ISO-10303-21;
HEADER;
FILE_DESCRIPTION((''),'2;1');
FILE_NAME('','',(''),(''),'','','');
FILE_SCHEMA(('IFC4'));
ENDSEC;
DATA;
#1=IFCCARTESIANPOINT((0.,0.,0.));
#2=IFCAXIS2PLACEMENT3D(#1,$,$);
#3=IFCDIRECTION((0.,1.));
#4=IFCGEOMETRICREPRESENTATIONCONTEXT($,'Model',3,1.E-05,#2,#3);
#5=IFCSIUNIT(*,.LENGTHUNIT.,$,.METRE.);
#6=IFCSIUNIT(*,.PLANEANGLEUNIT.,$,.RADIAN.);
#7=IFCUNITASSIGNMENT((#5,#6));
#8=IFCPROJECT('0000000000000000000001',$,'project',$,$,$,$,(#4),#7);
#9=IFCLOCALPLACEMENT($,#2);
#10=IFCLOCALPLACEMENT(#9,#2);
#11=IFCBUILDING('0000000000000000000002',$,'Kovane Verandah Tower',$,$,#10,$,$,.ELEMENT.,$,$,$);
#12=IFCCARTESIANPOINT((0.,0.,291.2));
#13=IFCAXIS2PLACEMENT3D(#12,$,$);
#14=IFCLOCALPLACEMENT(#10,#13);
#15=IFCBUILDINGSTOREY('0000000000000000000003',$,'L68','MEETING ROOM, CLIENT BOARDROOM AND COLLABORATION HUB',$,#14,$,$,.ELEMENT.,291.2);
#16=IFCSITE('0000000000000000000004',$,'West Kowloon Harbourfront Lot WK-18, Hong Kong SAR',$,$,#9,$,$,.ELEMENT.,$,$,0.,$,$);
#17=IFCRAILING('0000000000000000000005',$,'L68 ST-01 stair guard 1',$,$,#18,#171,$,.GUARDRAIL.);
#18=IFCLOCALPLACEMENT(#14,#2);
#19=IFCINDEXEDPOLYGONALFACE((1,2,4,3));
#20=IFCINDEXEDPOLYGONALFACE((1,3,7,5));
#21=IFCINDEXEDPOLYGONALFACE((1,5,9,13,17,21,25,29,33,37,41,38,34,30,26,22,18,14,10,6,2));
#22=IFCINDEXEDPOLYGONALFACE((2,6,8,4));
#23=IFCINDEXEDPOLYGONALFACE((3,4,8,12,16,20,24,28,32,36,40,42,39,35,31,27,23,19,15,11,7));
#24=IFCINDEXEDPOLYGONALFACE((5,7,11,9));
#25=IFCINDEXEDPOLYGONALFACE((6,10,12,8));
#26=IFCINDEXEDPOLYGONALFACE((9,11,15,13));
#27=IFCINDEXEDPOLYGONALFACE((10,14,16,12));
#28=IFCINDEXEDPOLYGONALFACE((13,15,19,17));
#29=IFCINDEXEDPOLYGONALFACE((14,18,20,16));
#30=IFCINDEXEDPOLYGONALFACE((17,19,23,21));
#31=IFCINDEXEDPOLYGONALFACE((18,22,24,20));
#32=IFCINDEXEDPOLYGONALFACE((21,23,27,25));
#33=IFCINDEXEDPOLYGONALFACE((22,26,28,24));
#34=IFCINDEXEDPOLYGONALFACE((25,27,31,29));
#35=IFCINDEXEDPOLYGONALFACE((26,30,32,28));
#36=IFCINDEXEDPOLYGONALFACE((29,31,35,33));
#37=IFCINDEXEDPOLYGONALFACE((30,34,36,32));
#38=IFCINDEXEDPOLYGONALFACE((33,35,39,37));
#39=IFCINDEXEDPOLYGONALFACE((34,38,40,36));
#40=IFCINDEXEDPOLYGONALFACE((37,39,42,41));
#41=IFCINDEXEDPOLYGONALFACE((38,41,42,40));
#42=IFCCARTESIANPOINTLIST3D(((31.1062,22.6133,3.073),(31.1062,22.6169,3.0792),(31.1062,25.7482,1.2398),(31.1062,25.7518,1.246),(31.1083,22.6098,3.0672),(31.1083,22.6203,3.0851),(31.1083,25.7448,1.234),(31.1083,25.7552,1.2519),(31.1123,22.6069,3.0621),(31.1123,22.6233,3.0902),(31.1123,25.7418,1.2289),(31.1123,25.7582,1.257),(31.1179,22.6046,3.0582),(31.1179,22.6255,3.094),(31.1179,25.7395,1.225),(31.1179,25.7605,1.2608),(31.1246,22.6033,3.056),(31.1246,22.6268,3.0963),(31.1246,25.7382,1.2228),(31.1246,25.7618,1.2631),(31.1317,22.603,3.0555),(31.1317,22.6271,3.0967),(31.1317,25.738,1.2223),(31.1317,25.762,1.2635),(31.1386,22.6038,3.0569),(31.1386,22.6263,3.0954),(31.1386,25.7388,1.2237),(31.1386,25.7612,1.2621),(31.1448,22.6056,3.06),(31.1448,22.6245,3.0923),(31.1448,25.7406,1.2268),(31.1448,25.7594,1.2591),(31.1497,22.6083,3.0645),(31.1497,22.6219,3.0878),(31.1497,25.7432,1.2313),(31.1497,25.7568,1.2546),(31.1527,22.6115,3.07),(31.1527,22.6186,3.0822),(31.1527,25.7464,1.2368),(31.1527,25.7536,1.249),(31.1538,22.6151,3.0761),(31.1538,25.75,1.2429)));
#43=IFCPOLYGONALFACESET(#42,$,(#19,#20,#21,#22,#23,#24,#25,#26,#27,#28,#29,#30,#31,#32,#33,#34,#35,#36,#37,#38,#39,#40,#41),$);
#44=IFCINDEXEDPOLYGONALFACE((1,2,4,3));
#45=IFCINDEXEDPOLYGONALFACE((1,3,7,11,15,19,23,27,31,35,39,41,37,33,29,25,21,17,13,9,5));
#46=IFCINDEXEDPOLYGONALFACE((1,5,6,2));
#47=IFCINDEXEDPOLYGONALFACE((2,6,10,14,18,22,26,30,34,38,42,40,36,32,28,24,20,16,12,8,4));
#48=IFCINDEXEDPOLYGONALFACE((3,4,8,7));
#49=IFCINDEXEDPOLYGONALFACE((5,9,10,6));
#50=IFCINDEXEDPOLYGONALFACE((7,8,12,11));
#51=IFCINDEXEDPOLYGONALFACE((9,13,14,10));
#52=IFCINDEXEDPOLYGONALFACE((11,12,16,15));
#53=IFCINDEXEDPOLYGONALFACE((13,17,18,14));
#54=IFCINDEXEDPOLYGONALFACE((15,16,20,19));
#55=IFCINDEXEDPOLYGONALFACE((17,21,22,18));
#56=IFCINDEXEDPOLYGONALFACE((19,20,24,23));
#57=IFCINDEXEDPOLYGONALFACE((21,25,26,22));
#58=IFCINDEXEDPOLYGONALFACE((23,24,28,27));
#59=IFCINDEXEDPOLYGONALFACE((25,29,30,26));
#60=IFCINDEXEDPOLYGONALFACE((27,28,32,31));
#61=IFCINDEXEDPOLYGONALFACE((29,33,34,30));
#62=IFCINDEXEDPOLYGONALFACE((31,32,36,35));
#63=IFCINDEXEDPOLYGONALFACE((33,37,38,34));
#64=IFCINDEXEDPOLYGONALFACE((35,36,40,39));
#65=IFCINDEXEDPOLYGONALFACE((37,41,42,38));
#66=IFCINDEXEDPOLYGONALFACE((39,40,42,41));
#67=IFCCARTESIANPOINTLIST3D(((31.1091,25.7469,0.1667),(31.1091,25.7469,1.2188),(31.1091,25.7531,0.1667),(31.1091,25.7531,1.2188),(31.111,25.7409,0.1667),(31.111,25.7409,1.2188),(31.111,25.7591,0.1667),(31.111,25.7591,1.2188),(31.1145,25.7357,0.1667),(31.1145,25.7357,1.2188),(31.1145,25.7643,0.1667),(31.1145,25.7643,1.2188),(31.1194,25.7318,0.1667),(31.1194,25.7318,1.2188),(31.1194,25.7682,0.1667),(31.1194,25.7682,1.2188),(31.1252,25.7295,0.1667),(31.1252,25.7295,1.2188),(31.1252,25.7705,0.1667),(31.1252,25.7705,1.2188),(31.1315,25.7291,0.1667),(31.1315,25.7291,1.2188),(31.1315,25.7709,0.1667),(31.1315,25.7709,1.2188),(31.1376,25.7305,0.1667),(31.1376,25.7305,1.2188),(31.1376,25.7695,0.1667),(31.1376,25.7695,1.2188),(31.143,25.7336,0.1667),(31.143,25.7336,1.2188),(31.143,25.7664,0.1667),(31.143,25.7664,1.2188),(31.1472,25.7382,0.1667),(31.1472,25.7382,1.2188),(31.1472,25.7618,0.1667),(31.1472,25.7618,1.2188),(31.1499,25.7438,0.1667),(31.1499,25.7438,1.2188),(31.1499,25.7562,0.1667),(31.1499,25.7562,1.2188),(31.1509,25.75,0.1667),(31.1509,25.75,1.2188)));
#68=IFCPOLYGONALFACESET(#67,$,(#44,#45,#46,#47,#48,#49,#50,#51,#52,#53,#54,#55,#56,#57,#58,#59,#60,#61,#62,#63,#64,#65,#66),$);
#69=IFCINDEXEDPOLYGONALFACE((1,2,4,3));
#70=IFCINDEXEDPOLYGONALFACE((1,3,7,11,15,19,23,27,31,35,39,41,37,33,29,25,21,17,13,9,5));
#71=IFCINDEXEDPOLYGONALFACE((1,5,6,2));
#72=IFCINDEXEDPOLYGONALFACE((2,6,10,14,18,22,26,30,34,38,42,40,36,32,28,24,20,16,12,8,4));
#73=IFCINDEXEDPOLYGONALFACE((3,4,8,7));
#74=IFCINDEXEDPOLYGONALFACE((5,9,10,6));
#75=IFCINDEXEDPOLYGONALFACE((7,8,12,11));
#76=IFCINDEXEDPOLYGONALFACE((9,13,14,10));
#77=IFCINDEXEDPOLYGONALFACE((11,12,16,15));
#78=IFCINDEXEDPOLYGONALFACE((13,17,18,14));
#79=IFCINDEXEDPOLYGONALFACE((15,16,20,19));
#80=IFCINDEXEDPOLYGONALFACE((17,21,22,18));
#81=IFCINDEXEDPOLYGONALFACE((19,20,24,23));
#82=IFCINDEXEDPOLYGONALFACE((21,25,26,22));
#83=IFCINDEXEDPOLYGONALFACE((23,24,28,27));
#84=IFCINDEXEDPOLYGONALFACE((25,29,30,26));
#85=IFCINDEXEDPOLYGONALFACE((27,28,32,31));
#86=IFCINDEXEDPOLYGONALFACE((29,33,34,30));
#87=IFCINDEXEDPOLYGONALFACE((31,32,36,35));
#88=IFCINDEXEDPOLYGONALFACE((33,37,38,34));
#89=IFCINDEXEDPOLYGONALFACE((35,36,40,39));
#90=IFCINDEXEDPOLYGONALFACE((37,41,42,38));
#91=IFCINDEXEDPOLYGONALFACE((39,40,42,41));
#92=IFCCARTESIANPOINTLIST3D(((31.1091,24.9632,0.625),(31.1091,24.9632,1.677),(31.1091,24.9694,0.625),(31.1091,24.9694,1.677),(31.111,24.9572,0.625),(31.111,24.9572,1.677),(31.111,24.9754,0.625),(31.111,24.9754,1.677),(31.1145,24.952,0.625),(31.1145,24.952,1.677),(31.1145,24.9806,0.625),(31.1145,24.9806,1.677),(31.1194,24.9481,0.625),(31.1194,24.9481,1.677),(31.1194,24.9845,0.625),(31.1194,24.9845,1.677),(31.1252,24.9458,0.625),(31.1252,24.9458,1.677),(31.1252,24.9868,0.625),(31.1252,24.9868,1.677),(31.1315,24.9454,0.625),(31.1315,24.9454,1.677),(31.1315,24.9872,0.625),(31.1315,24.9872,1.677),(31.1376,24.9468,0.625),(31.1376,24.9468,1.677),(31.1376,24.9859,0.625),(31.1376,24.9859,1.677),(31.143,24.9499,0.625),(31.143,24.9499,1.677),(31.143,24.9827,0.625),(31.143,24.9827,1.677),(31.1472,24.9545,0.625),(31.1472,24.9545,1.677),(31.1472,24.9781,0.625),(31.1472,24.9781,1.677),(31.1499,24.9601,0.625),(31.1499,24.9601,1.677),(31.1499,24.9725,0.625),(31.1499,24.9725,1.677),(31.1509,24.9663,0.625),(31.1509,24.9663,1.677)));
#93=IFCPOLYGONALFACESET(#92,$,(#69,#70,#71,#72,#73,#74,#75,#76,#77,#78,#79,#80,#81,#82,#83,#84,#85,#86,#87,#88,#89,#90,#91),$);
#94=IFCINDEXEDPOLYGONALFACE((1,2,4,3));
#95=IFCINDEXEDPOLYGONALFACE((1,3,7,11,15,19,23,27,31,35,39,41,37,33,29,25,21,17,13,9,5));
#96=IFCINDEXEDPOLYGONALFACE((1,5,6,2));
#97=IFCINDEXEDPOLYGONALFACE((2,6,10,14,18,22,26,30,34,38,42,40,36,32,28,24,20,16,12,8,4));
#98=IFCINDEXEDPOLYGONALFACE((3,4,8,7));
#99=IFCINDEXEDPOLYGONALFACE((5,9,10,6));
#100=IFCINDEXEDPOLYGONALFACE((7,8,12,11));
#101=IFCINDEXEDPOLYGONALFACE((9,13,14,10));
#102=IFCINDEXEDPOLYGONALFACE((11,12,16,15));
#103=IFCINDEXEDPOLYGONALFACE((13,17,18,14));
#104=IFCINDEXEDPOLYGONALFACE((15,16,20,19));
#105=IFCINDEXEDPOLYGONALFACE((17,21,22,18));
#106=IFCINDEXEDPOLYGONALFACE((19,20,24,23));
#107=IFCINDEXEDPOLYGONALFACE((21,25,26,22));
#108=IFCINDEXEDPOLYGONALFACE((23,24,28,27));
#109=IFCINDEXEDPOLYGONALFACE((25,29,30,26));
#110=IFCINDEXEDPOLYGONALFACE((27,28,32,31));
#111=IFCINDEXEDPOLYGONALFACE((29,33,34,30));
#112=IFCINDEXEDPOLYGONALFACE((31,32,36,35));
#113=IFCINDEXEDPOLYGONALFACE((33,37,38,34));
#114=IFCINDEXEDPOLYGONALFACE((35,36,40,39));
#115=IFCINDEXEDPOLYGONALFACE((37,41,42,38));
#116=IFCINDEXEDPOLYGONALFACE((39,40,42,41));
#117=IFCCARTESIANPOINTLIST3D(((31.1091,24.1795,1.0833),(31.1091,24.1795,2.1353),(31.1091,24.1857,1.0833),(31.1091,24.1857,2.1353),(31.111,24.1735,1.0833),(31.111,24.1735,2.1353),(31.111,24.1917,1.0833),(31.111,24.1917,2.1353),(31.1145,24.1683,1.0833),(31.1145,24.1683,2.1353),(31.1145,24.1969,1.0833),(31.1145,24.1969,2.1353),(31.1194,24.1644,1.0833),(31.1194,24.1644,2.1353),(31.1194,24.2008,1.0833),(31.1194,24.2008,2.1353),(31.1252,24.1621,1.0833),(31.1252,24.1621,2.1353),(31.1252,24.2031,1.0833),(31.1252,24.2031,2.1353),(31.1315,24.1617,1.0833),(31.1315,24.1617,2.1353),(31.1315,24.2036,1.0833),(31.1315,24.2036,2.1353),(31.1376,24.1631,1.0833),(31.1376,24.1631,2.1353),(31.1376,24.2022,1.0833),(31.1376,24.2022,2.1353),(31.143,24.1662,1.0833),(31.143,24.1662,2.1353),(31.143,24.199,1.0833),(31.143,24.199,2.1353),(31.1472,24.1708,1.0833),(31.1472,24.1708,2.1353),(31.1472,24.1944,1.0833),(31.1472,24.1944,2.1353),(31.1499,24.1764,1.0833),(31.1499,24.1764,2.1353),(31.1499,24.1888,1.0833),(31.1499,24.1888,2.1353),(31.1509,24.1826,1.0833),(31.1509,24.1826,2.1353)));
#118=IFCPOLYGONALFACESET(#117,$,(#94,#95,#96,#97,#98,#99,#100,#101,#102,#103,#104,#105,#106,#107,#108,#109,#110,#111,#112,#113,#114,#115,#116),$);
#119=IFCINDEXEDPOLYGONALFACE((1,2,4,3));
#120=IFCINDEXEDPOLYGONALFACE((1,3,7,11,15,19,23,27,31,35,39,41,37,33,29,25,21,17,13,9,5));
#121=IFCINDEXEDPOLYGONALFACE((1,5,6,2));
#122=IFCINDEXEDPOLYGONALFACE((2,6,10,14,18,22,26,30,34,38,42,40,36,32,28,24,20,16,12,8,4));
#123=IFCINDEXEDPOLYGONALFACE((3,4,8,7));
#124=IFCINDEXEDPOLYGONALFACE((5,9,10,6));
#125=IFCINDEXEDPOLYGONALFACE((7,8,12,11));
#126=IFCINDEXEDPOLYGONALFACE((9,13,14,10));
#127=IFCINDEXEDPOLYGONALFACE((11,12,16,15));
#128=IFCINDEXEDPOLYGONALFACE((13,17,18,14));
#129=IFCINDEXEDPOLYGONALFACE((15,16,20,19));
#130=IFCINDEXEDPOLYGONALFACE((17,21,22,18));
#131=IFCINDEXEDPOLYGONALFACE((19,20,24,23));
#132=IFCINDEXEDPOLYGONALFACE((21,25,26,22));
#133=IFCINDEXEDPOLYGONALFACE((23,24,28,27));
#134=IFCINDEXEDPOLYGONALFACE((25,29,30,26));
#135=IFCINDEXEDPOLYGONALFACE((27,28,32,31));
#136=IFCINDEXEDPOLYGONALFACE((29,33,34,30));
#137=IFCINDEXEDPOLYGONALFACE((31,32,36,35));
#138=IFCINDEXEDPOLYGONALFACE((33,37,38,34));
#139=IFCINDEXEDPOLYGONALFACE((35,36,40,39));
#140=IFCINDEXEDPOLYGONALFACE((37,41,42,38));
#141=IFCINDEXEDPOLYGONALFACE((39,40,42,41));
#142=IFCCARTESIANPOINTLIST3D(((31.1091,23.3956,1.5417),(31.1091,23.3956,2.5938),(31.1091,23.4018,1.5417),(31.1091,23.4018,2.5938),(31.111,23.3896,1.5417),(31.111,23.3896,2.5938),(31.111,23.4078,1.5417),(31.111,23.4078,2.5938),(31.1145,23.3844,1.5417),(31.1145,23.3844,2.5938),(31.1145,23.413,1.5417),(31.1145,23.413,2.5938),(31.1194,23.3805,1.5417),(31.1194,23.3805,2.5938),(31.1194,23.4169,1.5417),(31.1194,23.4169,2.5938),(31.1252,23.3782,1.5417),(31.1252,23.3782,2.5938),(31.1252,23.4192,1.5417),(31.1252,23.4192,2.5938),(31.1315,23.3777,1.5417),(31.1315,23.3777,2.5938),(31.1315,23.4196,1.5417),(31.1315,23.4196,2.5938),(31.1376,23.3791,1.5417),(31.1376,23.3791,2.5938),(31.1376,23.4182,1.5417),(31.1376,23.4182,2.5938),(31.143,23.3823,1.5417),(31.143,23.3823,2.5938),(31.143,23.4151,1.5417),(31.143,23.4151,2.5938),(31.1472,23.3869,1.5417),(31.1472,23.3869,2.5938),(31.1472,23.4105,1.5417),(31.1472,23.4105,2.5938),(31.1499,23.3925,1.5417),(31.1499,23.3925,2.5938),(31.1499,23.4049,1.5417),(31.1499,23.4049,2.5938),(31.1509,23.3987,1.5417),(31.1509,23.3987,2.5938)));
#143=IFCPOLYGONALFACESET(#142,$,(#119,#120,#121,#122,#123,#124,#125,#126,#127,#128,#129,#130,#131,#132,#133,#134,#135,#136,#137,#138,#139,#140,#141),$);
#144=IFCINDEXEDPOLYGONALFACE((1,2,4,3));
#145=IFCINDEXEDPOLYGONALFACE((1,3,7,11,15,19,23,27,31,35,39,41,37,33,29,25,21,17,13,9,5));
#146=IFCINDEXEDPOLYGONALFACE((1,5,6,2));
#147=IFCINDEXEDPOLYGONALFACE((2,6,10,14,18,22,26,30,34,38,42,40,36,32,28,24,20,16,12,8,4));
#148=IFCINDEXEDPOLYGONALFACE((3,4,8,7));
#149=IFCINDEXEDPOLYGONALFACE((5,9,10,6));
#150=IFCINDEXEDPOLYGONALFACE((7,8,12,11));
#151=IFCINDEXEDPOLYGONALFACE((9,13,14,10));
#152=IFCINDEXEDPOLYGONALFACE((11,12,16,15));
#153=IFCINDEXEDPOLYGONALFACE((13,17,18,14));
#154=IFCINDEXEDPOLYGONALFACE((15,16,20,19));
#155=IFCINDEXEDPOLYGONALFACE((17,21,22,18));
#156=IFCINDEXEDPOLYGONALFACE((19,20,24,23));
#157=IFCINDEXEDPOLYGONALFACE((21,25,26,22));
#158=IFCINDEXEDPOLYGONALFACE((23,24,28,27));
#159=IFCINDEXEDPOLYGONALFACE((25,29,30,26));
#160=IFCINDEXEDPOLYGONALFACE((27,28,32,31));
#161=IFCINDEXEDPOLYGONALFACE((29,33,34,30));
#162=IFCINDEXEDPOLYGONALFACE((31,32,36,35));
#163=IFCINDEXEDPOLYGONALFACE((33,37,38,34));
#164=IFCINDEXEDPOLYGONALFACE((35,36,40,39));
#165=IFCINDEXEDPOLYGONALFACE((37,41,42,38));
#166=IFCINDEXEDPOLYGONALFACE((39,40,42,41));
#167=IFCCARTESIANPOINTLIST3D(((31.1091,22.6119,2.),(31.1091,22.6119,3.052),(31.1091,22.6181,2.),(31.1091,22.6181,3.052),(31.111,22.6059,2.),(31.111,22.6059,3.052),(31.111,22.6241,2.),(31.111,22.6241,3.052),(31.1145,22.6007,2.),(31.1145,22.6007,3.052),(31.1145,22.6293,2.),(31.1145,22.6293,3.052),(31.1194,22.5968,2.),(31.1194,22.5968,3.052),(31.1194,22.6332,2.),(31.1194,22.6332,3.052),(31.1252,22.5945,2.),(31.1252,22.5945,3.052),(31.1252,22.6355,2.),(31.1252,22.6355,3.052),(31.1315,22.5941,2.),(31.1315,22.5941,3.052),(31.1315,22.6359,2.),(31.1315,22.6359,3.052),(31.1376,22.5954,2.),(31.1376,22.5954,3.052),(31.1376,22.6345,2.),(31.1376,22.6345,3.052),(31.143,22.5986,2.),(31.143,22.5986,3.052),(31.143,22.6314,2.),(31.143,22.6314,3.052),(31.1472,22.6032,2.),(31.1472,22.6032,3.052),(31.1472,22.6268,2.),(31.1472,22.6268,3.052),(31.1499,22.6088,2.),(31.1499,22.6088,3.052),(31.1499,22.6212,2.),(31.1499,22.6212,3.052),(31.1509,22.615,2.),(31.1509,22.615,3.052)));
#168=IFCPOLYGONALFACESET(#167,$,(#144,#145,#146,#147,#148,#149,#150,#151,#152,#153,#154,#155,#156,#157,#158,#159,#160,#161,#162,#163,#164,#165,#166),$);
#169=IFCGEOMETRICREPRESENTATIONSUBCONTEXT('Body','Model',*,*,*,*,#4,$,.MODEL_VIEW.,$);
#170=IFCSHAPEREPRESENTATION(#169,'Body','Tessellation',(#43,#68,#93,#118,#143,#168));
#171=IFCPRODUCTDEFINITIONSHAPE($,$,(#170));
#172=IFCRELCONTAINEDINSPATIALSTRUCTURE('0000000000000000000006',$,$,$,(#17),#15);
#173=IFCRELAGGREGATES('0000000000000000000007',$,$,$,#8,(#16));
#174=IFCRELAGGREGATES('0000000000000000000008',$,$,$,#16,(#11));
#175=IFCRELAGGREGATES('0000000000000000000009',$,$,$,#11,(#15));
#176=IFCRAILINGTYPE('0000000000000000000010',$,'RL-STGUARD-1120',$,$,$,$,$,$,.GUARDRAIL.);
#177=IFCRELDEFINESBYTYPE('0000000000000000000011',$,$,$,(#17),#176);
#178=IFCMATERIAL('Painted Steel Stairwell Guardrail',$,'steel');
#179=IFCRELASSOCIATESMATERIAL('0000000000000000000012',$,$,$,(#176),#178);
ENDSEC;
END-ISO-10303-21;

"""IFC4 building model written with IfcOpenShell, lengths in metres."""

from ifc_helpers import new_model, si_unit, direction, frame, origin, origin_2d, place, context, subcontext, project, spatial, circle, extrude, material, type_object, element, save


model = new_model("IFC4")

# Units and contexts
model_context = context("Model", 3, precision=1e-05, world=origin(), true_north=direction((0.0, 1.0)))
body_context = subcontext(model_context, "Body", "Model", "MODEL_VIEW")
ifc_project = project(units=[si_unit("LENGTHUNIT", "METRE"), si_unit("PLANEANGLEUNIT", "RADIAN")], contexts=[model_context])

# Site, building, storey
site_placement = place(None, origin())
site = spatial("IfcSite", under=ifc_project, at=site_placement, Name="West Kowloon Harbourfront Lot WK-18, Hong Kong SAR", CompositionType="ELEMENT", RefElevation=0.0)
building_placement = place(site_placement, origin())
building = spatial("IfcBuilding", under=site, at=building_placement, Name="Kovane Verandah Tower", CompositionType="ELEMENT")
storey_placement = place(building_placement, frame((0.0, 0.0, 291.2)))
storey = spatial("IfcBuildingStorey", under=building, at=storey_placement, Name="L68", Description="MEETING ROOM, CLIENT BOARDROOM AND COLLABORATION HUB", CompositionType="ELEMENT", Elevation=291.2)

# Railing
ifc_material_1 = material(Name="Painted Steel Stairwell Guardrail", Category="steel")
railing_type_1 = type_object("IfcRailingType", Name="RL-STGUARD-1120", PredefinedType="GUARDRAIL", material=ifc_material_1)
railing_1_placement = place(storey_placement, frame((31.1299, 25.75, 0.1667)))
element("IfcRailing", 1, at=railing_1_placement, inside=storey, type_object=railing_type_1, Name="L68 ST-01 stair guard 1", PredefinedType="GUARDRAIL", context=body_context, shape_type="SweptSolid", body=[
    extrude(circle(Radius=0.0239, at=origin_2d()), frame((0.0, 0.0, 1.0762), z_axis=(0.0, -0.86324, 0.504794), x_axis=(1.0, 0.0, 0.0)), (0.0, 0.0, 1.0), 3.6316),
    extrude(circle(Radius=0.021, at=origin_2d()), origin(), (0.0, 0.0, 1.0), 1.052),
    extrude(circle(Radius=0.021, at=origin_2d()), frame((0.0, -0.7837, 0.4583)), (0.0, 0.0, 1.0), 1.052),
    extrude(circle(Radius=0.021, at=origin_2d()), frame((0.0, -1.5674, 0.9165)), (0.0, 0.0, 1.0), 1.052),
    extrude(circle(Radius=0.021, at=origin_2d()), frame((0.0, -2.3513, 1.375)), (0.0, 0.0, 1.0), 1.052),
    extrude(circle(Radius=0.021, at=origin_2d()), frame((0.0, -3.135, 1.8333)), (0.0, 0.0, 1.0), 1.052),
])

save(model, "model.ifc")
